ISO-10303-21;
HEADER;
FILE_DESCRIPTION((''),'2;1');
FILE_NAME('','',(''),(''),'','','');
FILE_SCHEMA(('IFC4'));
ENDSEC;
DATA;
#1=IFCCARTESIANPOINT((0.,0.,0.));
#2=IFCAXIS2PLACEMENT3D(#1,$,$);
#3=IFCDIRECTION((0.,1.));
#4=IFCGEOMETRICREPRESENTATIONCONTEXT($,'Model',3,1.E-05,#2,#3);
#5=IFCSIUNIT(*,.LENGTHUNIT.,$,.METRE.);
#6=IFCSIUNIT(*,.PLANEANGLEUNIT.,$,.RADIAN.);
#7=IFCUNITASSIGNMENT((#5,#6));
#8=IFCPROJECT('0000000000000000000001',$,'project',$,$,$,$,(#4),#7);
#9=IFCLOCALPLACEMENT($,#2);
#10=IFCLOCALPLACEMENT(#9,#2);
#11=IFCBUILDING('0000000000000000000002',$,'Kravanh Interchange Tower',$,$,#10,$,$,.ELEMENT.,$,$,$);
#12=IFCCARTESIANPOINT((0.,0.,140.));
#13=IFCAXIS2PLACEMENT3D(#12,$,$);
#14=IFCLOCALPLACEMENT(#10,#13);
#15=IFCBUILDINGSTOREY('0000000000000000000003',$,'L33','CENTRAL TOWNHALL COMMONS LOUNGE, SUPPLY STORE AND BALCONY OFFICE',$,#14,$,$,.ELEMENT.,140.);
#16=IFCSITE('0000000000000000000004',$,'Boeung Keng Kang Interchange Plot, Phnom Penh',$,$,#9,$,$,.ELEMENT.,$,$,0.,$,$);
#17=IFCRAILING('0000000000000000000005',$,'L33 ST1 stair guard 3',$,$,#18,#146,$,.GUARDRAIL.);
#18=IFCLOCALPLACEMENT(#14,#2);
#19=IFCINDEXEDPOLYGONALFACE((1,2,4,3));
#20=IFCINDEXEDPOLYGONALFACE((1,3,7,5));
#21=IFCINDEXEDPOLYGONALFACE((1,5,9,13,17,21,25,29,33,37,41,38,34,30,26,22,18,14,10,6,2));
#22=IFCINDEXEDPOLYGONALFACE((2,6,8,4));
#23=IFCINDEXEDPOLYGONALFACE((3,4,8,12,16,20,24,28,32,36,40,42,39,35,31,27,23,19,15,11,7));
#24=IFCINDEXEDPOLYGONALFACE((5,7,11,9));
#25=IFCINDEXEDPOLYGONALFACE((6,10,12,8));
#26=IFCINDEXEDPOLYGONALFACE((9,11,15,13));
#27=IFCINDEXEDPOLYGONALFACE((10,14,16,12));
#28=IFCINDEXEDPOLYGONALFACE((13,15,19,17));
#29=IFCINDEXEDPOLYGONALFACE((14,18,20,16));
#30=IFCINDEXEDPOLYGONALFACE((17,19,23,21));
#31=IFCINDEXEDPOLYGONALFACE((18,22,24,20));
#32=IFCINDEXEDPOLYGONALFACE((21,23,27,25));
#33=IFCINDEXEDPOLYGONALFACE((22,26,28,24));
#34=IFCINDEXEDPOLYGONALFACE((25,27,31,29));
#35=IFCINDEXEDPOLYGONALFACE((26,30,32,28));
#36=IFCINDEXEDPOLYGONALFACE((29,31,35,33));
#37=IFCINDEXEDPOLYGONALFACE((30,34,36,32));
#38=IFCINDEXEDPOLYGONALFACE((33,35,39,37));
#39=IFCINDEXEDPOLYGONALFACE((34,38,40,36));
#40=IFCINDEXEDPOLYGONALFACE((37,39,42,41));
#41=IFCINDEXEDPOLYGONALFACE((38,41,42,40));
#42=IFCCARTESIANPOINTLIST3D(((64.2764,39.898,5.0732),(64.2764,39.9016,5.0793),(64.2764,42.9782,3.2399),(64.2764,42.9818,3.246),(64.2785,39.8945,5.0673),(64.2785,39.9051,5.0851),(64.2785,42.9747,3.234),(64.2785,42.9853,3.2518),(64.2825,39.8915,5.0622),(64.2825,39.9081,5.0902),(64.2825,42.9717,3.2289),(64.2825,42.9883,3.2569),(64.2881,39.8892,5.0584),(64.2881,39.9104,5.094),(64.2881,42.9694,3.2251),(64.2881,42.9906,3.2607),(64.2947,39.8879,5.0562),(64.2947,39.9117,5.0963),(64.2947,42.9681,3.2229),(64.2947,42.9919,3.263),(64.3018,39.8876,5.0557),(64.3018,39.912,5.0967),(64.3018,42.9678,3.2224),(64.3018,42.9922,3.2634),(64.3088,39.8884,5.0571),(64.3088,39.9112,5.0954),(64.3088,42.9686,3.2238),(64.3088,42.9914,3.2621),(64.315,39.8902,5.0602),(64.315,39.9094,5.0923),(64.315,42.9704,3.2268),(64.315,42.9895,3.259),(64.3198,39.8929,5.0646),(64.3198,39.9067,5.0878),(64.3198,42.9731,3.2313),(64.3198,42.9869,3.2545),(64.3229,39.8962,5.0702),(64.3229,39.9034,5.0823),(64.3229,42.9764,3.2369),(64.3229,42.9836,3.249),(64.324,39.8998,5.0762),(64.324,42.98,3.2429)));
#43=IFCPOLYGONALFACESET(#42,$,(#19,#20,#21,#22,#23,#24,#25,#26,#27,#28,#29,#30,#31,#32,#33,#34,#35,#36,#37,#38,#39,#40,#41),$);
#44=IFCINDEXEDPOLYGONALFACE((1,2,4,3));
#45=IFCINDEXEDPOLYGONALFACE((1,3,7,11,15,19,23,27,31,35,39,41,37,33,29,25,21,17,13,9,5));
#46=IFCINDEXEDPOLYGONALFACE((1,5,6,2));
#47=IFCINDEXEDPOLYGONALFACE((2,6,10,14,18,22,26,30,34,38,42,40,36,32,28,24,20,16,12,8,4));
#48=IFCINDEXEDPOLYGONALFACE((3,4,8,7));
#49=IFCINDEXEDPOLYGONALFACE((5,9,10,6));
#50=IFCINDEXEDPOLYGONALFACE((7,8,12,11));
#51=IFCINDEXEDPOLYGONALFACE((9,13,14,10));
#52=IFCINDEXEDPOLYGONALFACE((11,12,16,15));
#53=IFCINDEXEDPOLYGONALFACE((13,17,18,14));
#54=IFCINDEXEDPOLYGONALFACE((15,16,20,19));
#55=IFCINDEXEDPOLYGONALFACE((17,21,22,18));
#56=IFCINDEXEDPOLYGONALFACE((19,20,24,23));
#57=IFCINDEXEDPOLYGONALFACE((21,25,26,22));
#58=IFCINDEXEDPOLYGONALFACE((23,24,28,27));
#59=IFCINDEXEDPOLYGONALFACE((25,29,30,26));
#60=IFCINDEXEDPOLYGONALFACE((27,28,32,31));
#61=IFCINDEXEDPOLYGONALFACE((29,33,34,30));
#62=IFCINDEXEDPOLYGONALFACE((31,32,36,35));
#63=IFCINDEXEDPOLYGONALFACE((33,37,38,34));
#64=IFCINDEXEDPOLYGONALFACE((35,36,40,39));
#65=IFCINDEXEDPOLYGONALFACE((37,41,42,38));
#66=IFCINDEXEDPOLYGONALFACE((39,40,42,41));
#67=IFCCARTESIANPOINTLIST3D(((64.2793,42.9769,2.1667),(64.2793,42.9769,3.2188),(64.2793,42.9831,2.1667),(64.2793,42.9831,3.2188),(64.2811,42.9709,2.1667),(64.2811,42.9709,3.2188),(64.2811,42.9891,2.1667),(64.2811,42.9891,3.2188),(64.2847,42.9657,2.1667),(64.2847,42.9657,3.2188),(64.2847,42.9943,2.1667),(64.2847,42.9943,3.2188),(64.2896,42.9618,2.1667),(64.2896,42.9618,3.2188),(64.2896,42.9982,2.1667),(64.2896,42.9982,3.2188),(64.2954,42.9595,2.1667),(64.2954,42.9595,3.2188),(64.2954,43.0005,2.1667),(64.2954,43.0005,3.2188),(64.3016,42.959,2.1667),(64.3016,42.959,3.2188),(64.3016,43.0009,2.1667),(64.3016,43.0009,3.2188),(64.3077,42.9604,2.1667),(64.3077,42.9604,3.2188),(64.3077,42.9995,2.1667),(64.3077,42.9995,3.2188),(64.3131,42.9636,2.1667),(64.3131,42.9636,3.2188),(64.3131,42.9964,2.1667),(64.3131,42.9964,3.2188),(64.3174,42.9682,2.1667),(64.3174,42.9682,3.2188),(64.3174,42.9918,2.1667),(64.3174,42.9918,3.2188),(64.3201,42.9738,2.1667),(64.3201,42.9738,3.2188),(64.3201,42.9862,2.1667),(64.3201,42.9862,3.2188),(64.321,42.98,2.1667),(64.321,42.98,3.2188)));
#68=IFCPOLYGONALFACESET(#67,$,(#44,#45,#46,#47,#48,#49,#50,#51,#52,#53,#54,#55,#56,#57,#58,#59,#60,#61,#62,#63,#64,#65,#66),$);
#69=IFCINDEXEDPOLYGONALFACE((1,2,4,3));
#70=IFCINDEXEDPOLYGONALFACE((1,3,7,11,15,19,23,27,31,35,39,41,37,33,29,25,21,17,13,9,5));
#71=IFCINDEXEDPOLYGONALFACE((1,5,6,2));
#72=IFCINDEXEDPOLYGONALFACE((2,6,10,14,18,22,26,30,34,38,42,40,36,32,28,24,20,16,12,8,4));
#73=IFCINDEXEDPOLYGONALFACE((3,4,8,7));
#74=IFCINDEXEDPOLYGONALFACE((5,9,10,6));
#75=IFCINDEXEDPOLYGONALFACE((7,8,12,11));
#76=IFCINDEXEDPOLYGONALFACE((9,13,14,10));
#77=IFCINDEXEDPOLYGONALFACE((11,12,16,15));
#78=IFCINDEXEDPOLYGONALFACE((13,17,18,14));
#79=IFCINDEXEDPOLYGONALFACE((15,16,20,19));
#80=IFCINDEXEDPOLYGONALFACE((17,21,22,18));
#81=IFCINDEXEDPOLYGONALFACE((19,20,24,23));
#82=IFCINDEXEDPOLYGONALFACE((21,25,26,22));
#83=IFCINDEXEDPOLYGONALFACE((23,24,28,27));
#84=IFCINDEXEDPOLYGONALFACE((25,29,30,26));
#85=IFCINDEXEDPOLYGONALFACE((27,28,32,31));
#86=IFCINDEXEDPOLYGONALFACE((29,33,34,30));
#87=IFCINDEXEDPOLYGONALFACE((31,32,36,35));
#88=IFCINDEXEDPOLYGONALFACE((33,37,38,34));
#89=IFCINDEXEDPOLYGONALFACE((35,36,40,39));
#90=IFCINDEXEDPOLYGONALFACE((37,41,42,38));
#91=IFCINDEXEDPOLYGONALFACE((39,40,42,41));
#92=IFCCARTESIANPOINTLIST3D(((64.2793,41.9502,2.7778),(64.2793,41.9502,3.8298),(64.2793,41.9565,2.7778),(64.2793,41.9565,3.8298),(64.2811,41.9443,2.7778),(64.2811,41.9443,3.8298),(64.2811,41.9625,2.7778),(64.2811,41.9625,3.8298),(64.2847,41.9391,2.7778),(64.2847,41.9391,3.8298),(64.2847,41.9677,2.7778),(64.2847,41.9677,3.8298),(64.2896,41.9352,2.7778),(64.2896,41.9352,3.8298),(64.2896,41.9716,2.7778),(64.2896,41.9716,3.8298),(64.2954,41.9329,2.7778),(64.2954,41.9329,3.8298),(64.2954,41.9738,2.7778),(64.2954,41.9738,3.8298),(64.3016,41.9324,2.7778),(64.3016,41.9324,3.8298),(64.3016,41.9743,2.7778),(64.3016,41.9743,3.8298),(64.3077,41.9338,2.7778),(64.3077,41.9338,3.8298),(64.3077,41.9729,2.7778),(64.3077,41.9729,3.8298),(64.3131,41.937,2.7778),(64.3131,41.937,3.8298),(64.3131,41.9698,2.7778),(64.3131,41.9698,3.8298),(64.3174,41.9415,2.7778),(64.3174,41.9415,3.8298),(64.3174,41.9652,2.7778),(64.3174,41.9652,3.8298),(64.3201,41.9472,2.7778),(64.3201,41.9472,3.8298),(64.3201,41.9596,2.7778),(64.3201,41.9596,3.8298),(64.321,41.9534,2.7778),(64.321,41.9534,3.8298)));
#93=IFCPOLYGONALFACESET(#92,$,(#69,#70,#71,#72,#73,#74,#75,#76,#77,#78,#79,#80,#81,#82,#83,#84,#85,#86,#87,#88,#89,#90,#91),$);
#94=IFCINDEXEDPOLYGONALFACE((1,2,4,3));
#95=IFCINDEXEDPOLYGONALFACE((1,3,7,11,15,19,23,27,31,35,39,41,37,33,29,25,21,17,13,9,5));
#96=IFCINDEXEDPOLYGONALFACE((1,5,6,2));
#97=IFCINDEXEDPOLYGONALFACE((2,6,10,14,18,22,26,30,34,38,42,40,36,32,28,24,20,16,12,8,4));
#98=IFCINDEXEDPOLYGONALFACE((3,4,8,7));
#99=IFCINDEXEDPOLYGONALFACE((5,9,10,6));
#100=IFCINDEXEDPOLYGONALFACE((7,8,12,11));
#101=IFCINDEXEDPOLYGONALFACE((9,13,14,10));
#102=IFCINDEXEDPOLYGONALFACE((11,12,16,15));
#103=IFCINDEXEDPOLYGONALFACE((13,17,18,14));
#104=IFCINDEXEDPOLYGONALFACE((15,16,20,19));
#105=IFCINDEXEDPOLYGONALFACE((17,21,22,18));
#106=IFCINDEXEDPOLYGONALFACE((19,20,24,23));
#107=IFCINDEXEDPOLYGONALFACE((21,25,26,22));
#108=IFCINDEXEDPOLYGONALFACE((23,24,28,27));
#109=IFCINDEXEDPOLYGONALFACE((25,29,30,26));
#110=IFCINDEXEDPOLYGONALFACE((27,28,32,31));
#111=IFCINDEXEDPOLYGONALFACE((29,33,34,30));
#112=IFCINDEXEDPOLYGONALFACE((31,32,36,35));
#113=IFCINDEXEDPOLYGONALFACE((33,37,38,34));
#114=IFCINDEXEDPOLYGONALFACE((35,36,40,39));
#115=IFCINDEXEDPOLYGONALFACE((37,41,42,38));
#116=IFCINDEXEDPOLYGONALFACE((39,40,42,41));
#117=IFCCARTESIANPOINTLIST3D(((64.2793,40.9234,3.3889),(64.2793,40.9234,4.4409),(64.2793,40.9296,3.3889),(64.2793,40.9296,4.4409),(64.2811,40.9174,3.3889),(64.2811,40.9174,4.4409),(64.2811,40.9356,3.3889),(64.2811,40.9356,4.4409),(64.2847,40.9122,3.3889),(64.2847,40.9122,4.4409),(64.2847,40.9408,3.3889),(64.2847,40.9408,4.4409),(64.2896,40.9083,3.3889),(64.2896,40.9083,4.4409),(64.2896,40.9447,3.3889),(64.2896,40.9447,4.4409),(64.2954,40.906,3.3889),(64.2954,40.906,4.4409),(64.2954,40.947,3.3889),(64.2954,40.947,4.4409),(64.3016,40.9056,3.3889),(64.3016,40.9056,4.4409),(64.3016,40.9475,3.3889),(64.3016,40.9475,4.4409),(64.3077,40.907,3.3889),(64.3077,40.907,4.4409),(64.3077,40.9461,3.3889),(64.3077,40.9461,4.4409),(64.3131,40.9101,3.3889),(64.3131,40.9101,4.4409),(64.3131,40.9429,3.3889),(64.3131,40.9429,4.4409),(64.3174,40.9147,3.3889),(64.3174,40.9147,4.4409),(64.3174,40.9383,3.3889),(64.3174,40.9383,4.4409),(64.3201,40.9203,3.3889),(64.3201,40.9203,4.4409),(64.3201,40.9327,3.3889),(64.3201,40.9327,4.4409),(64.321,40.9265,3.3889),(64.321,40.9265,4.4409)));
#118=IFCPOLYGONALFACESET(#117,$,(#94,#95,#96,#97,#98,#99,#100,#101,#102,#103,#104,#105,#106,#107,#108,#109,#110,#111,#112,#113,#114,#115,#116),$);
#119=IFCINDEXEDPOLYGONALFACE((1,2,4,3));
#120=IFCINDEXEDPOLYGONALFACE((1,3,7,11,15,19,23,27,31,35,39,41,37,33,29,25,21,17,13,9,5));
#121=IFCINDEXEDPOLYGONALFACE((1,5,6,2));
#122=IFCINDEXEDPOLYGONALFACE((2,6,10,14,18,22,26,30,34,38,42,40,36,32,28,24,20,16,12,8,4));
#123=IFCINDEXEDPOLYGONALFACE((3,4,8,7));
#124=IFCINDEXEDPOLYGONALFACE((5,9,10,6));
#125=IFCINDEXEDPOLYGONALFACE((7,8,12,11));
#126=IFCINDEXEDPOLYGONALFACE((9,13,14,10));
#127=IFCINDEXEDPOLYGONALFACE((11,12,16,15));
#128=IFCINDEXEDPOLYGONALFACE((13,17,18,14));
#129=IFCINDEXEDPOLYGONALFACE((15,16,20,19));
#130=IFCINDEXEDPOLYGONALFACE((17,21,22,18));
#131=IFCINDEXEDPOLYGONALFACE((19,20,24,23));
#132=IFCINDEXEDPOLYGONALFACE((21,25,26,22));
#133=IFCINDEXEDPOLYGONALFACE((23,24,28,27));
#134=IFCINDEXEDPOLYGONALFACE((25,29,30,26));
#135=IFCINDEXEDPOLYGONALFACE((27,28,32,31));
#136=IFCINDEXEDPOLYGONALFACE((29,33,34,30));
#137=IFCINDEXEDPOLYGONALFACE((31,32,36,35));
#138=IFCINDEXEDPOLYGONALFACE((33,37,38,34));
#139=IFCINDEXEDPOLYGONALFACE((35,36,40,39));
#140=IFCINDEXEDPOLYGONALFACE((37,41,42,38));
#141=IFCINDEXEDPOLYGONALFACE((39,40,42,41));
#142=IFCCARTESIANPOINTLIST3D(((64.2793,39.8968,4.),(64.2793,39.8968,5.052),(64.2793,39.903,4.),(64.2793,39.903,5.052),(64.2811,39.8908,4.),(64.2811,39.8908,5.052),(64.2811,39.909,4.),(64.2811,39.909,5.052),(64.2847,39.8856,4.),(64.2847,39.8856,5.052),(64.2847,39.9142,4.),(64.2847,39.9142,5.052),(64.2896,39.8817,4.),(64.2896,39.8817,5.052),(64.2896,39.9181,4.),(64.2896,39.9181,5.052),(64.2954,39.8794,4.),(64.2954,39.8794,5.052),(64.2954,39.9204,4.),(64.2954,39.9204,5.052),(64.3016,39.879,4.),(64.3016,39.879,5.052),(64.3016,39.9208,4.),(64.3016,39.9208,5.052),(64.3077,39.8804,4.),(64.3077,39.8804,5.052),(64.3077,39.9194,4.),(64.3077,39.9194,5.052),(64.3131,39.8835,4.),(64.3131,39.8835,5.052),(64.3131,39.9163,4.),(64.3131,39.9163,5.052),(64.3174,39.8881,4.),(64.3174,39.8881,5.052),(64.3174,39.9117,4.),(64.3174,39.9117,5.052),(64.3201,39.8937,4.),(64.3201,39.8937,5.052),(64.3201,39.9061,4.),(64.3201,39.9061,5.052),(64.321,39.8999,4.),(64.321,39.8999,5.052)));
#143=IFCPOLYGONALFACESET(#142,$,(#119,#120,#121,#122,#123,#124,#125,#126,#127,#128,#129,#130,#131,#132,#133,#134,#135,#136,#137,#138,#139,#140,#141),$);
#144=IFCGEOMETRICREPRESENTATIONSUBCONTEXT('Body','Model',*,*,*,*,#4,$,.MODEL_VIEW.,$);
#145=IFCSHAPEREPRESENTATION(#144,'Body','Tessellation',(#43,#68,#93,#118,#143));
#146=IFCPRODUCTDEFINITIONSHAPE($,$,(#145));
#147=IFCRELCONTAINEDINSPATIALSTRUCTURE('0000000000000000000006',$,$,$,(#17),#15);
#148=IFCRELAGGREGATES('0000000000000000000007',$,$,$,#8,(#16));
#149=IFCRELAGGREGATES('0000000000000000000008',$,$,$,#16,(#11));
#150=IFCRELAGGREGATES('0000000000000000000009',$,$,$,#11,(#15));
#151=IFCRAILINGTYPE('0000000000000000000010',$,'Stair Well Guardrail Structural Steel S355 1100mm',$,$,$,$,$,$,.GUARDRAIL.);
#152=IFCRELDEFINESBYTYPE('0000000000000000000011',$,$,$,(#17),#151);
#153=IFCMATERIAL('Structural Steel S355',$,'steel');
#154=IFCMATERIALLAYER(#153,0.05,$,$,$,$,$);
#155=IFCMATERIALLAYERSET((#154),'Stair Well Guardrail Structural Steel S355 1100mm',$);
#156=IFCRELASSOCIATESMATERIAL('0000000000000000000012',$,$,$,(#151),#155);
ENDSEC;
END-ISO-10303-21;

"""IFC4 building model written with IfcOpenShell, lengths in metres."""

from ifc_helpers import new_model, si_unit, direction, frame, origin, origin_2d, place, context, subcontext, project, spatial, circle, extrude, material, layer, layer_set, type_object, element, save


model = new_model("IFC4")

# Units and contexts
model_context = context("Model", 3, precision=1e-05, world=origin(), true_north=direction((0.0, 1.0)))
body_context = subcontext(model_context, "Body", "Model", "MODEL_VIEW")
ifc_project = project(units=[si_unit("LENGTHUNIT", "METRE"), si_unit("PLANEANGLEUNIT", "RADIAN")], contexts=[model_context])

# Site, building, storey
site_placement = place(None, origin())
site = spatial("IfcSite", under=ifc_project, at=site_placement, Name="Boeung Keng Kang Interchange Plot, Phnom Penh", CompositionType="ELEMENT", RefElevation=0.0)
building_placement = place(site_placement, origin())
building = spatial("IfcBuilding", under=site, at=building_placement, Name="Kravanh Interchange Tower", CompositionType="ELEMENT")
storey_placement = place(building_placement, frame((0.0, 0.0, 140.0)))
storey = spatial("IfcBuildingStorey", under=building, at=storey_placement, Name="L33", Description="CENTRAL TOWNHALL COMMONS LOUNGE, SUPPLY STORE AND BALCONY OFFICE", CompositionType="ELEMENT", Elevation=140.0)

# Railing
ifc_material_1 = material(Name="Structural Steel S355", Category="steel")
ifc_layer_1 = layer(ifc_material_1, 0.05)
ifc_layer_set_1 = layer_set([ifc_layer_1], Name="Stair Well Guardrail Structural Steel S355 1100mm")
railing_type_1 = type_object("IfcRailingType", Name="Stair Well Guardrail Structural Steel S355 1100mm", PredefinedType="GUARDRAIL", material=ifc_layer_set_1)
railing_1_placement = place(storey_placement, frame((64.3, 42.98, 2.1667)))
element("IfcRailing", 1, at=railing_1_placement, inside=storey, type_object=railing_type_1, Name="L33 ST1 stair guard 3", PredefinedType="GUARDRAIL", context=body_context, shape_type="SweptSolid", body=[
    extrude(circle(Radius=0.0239, at=origin_2d()), frame((0.0, 0.0, 1.0762), z_axis=(0.0, -0.859309, 0.511458), x_axis=(1.0, 0.0, 0.0)), (0.0, 0.0, 1.0), 3.5845),
    extrude(circle(Radius=0.021, at=origin_2d()), origin(), (0.0, 0.0, 1.0), 1.052),
    extrude(circle(Radius=0.021, at=origin_2d()), frame((0.0, -1.0266, 0.6111)), (0.0, 0.0, 1.0), 1.052),
    extrude(circle(Radius=0.021, at=origin_2d()), frame((0.0, -2.0535, 1.2222)), (0.0, 0.0, 1.0), 1.052),
    extrude(circle(Radius=0.021, at=origin_2d()), frame((0.0, -3.0801, 1.8333)), (0.0, 0.0, 1.0), 1.052),
])

save(model, "model.ifc")
